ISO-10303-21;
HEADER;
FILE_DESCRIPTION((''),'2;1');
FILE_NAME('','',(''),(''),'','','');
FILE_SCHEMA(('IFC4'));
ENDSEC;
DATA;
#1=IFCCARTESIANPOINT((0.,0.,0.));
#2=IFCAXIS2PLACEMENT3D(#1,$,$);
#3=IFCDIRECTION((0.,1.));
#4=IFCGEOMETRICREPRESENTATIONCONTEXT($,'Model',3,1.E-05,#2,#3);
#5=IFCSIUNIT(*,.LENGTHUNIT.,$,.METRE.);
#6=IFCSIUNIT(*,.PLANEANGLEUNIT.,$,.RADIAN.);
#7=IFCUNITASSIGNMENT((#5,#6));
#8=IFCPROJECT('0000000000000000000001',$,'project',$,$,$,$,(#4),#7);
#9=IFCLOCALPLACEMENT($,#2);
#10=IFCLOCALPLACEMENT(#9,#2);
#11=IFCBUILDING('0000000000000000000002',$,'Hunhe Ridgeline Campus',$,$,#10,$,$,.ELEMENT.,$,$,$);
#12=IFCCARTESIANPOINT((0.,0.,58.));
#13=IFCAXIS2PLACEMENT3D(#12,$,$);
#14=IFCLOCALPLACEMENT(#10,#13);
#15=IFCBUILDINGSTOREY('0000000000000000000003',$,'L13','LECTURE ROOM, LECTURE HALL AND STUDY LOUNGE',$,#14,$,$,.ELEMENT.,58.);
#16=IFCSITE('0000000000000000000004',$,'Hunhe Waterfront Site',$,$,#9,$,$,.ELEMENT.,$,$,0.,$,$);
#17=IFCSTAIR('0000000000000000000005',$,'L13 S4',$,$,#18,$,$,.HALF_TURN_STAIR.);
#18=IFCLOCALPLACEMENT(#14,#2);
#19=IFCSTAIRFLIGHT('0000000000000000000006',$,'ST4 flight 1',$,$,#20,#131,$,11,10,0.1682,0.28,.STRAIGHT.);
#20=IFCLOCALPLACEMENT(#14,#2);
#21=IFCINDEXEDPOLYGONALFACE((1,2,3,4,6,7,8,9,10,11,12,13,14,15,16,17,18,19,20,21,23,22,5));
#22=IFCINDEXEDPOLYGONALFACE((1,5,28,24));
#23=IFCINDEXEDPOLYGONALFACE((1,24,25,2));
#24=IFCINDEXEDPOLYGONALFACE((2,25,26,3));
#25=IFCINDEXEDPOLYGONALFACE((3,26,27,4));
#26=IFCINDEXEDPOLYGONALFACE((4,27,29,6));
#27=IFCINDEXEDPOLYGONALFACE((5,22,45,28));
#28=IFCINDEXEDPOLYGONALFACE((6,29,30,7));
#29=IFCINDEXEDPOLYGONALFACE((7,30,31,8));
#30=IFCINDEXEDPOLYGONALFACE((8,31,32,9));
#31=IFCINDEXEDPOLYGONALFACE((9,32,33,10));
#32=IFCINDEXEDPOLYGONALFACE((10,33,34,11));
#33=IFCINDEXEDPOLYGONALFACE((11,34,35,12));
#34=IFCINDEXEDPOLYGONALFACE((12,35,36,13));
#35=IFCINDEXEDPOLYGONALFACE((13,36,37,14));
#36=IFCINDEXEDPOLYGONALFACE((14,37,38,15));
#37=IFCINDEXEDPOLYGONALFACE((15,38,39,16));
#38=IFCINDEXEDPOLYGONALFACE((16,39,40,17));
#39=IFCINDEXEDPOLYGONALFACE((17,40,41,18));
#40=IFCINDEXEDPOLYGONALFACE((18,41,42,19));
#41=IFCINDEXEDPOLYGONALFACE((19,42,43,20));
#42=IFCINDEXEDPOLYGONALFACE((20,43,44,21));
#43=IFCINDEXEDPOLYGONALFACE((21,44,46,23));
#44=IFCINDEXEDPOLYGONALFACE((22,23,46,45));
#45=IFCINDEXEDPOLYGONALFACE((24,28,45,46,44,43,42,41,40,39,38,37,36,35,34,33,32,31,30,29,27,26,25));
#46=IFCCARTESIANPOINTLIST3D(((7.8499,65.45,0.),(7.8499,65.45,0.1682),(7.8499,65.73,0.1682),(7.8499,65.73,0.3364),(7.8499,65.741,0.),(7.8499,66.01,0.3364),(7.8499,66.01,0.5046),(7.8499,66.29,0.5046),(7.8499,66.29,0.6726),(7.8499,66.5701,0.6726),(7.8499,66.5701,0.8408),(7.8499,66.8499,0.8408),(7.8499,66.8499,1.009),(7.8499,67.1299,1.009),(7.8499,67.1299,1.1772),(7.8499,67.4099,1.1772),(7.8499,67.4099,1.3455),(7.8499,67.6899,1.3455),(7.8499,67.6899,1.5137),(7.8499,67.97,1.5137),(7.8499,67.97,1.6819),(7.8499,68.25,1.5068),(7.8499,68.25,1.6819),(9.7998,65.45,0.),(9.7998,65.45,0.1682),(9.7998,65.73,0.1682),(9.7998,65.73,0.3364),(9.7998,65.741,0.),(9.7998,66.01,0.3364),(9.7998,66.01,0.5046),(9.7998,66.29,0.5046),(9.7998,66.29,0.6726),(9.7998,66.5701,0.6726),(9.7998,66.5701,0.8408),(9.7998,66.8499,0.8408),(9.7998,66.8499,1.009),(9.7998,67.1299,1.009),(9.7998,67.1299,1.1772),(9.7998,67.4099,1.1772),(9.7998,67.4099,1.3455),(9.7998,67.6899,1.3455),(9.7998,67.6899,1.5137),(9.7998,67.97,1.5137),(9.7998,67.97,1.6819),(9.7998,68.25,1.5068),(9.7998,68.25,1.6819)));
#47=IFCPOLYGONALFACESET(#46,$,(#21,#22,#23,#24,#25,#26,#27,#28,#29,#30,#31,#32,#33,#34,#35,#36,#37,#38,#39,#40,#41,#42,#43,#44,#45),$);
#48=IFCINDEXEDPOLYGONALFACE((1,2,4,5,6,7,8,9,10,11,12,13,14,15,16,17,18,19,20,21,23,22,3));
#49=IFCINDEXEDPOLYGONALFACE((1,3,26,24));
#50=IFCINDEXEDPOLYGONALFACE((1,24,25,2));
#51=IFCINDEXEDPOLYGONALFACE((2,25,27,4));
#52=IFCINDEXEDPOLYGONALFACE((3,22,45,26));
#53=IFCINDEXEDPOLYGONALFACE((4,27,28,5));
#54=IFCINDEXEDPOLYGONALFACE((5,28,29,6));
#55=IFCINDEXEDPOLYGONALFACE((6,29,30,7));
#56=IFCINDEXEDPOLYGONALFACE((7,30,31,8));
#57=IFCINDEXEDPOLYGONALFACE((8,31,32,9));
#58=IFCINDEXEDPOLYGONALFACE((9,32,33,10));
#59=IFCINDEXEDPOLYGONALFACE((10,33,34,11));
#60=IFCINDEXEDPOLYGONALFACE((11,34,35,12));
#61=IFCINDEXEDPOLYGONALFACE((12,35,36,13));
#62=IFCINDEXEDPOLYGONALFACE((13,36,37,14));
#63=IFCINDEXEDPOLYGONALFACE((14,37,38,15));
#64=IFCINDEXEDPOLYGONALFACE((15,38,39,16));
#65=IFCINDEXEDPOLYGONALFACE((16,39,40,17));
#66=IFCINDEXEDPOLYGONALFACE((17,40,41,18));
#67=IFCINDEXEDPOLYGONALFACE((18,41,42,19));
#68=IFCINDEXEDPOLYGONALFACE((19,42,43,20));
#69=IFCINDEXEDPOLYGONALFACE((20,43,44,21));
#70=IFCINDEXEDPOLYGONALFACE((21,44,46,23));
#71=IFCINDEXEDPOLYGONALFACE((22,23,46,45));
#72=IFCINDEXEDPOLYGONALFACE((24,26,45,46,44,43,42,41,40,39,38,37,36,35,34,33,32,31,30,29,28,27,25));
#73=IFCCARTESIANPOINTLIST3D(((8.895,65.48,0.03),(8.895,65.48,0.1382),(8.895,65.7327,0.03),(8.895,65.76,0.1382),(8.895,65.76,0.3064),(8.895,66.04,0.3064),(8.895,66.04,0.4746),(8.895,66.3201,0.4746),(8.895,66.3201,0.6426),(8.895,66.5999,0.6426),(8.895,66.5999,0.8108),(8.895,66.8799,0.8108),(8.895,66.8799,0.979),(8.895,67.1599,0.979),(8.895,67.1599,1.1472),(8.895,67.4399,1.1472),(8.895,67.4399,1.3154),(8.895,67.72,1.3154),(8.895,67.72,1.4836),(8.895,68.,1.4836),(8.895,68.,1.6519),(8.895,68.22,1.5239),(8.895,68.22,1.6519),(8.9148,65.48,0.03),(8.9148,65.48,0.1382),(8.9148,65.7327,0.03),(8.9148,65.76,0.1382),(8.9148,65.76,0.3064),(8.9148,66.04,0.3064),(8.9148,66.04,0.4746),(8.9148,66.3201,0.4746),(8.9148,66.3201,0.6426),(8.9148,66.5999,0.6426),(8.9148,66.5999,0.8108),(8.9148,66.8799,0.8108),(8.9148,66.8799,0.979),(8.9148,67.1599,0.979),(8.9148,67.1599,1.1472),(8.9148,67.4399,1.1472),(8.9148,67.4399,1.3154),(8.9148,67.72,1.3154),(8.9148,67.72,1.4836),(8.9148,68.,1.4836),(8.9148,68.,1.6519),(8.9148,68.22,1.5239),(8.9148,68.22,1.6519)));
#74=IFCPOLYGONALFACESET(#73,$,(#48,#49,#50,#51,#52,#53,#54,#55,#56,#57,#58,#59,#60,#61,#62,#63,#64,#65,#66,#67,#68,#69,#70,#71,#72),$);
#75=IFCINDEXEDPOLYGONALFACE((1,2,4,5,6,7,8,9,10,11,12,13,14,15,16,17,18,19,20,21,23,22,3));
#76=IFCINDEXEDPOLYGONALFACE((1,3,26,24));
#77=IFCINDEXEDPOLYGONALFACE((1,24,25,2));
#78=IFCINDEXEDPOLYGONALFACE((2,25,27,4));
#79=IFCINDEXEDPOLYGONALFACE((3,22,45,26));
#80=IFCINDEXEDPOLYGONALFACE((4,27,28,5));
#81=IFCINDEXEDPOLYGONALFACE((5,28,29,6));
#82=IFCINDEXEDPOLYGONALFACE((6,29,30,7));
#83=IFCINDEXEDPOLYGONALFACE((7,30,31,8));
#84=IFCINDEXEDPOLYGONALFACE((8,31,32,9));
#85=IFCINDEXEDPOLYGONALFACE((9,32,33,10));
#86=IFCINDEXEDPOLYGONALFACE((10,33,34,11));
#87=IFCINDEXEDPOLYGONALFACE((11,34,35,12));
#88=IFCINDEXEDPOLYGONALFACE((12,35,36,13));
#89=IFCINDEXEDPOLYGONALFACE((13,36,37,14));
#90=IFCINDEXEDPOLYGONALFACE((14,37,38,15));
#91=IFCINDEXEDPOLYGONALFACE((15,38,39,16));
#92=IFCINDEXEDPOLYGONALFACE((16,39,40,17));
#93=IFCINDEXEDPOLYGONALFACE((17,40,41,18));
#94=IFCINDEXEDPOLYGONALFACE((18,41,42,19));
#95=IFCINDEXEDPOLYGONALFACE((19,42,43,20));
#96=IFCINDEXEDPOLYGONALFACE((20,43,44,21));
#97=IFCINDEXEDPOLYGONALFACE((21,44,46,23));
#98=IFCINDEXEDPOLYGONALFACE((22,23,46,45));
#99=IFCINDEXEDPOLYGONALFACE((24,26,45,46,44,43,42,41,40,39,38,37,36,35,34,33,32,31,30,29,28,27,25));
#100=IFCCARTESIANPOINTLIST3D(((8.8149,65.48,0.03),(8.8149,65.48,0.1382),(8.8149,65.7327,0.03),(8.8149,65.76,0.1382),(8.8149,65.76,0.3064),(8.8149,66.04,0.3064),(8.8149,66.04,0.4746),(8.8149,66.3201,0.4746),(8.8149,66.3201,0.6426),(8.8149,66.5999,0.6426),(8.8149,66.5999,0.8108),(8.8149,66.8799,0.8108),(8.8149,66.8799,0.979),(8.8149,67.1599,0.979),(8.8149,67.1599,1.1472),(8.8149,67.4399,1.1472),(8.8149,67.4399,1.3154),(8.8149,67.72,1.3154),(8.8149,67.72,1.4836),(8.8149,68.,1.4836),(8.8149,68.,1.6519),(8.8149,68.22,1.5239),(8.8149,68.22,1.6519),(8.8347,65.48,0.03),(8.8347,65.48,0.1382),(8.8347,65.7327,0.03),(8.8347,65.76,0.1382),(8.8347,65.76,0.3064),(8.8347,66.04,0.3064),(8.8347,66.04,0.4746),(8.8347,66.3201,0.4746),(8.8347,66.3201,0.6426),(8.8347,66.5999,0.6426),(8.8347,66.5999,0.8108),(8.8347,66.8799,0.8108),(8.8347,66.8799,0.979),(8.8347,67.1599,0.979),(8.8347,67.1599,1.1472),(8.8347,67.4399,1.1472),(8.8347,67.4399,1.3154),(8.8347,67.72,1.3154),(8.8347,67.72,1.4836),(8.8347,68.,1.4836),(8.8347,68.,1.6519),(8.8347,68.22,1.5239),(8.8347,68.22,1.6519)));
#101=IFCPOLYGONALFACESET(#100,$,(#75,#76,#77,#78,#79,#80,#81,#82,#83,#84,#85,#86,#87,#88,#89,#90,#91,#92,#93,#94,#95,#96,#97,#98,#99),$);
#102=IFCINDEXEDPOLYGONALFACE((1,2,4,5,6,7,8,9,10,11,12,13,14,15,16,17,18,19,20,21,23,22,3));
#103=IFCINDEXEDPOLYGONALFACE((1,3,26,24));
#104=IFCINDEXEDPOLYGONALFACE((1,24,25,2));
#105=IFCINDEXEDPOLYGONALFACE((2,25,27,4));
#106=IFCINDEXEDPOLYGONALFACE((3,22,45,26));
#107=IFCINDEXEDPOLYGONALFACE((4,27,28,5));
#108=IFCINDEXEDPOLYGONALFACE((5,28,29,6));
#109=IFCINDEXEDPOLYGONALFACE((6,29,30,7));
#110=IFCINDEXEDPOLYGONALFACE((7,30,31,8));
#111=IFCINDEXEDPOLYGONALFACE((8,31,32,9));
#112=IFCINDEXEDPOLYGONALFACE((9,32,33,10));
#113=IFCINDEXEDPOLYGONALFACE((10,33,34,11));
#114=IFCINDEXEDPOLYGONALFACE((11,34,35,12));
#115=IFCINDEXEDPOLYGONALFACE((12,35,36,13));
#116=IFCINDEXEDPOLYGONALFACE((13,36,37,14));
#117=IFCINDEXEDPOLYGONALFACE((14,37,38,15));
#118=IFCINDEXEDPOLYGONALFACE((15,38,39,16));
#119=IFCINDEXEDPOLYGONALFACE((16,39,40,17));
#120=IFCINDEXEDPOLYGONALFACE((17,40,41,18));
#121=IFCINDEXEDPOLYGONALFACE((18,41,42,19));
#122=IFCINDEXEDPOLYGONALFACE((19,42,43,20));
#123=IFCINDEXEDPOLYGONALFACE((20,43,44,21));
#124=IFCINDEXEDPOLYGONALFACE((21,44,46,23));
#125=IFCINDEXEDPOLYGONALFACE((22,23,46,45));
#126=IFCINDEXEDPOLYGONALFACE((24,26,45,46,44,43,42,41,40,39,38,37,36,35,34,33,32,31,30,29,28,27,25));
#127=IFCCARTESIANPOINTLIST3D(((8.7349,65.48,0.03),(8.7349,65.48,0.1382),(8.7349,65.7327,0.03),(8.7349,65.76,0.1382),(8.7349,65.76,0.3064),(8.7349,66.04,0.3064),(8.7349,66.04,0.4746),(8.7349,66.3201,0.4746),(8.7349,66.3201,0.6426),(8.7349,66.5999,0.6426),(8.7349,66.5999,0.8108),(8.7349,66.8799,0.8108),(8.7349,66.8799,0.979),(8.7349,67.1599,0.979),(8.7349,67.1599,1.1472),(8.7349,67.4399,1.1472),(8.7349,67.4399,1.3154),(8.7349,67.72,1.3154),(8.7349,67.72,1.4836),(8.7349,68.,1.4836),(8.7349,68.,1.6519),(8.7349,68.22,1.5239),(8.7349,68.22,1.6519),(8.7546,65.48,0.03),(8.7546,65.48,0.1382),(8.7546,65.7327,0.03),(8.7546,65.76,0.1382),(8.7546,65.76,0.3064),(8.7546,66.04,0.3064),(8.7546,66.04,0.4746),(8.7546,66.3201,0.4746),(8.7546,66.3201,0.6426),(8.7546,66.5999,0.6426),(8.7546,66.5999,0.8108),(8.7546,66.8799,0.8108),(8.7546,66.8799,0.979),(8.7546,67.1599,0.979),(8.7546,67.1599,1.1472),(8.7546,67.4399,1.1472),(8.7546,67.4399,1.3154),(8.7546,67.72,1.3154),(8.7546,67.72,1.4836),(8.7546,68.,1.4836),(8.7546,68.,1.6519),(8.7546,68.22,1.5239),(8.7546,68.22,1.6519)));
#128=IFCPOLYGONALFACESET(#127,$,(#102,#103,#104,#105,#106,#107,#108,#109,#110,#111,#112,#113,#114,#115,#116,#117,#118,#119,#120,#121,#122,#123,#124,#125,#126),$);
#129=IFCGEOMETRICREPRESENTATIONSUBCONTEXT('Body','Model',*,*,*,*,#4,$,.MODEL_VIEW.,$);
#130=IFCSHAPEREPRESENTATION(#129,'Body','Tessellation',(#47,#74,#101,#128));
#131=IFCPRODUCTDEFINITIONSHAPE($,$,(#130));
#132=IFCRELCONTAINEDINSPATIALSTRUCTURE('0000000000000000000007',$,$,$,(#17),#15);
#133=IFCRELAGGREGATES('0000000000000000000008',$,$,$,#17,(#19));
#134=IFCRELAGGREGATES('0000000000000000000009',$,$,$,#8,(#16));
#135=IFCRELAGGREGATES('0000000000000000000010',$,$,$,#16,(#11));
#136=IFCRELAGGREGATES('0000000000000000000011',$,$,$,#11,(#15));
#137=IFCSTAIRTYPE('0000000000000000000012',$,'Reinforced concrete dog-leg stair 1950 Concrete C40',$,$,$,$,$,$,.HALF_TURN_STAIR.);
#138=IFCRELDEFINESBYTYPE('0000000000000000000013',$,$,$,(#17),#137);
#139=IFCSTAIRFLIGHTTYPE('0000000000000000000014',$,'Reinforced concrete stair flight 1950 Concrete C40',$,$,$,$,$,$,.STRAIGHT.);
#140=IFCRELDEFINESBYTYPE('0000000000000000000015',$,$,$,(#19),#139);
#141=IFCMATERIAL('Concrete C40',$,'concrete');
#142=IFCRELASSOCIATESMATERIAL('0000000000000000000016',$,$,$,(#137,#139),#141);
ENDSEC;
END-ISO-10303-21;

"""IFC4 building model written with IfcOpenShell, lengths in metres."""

from ifc_helpers import new_model, si_unit, direction, frame, origin, place, context, subcontext, project, spatial, polyline, outline, extrude, material, type_object, element, aggregate, save


model = new_model("IFC4")

# Units and contexts
model_context = context("Model", 3, precision=1e-05, world=origin(), true_north=direction((0.0, 1.0)))
body_context = subcontext(model_context, "Body", "Model", "MODEL_VIEW")
ifc_project = project(units=[si_unit("LENGTHUNIT", "METRE"), si_unit("PLANEANGLEUNIT", "RADIAN")], contexts=[model_context])

# Site, building, storey
site_placement = place(None, origin())
site = spatial("IfcSite", under=ifc_project, at=site_placement, Name="Hunhe Waterfront Site", CompositionType="ELEMENT", RefElevation=0.0)
building_placement = place(site_placement, origin())
building = spatial("IfcBuilding", under=site, at=building_placement, Name="Hunhe Ridgeline Campus", CompositionType="ELEMENT")
storey_placement = place(building_placement, frame((0.0, 0.0, 58.0)))
storey = spatial("IfcBuildingStorey", under=building, at=storey_placement, Name="L13", Description="LECTURE ROOM, LECTURE HALL AND STUDY LOUNGE", CompositionType="ELEMENT", Elevation=58.0)

# Stair, stair flight
ifc_material_1 = material(Name="Concrete C40", Category="concrete")
stair_type = type_object("IfcStairType", Name="Reinforced concrete dog-leg stair 1950 Concrete C40", PredefinedType="HALF_TURN_STAIR", material=ifc_material_1)
stair_flight_type = type_object("IfcStairFlightType", Name="Reinforced concrete stair flight 1950 Concrete C40", PredefinedType="STRAIGHT", material=ifc_material_1)
stair_1_placement = place(storey_placement, origin())
stair_1 = element("IfcStair", 1, at=stair_1_placement, inside=storey, type_object=stair_type, Name="L13 S4", PredefinedType="HALF_TURN_STAIR")
stair_flight_1_placement = place(storey_placement, frame((8.825, 65.45, 0.0), z_axis=(0.0, 0.0, 1.0), x_axis=(0.0, 1.0, 0.0)))
stair_flight_1 = element("IfcStairFlight", 2, at=stair_flight_1_placement, type_object=stair_flight_type, Name="ST4 flight 1", NumberOfRisers=11, NumberOfTreads=10, PredefinedType="STRAIGHT", RiserHeight=0.1682, TreadLength=0.28, context=body_context, shape_type="SweptSolid", body=[
    extrude(outline(polyline([(0.0, 0.0), (0.0, 0.1682), (0.28, 0.1682), (0.28, 0.3364), (0.5601, 0.3364), (0.5601, 0.5046), (0.8401, 0.5046), (0.8401, 0.6726), (1.1201, 0.6726), (1.1201, 0.8408), (1.3999, 0.8408), (1.3999, 1.009), (1.6799, 1.009), (1.6799, 1.1772), (1.96, 1.1772), (1.96, 1.3455), (2.24, 1.3455), (2.24, 1.5137), (2.52, 1.5137), (2.52, 1.6819), (2.8, 1.6819), (2.8, 1.8501), (2.8, 1.5068), (0.291, 0.0), (0.0, 0.0)])), frame((0.0, 0.9751, 0.0), z_axis=(0.0, -1.0, 0.0), x_axis=(1.0, 0.0, 0.0)), (0.0, 0.0, 1.0), 1.95),
    extrude(outline(polyline([(0.03, 0.03), (0.03, 0.1382), (0.3101, 0.1382), (0.3101, 0.3064), (0.5901, 0.3064), (0.5901, 0.4746), (0.8701, 0.4746), (0.8701, 0.6426), (1.1499, 0.6426), (1.1499, 0.8108), (1.4299, 0.8108), (1.4299, 0.979), (1.71, 0.979), (1.71, 1.1472), (1.99, 1.1472), (1.99, 1.3154), (2.27, 1.3154), (2.27, 1.4836), (2.55, 1.4836), (2.55, 1.6519), (2.77, 1.6519), (2.77, 1.5239), (0.2827, 0.03), (0.03, 0.03)])), frame((0.0, -0.0701, 0.0), z_axis=(0.0, -1.0, 0.0), x_axis=(1.0, 0.0, 0.0)), (0.0, 0.0, 1.0), 0.0198),
    extrude(outline(polyline([(0.03, 0.03), (0.03, 0.1382), (0.3101, 0.1382), (0.3101, 0.3064), (0.5901, 0.3064), (0.5901, 0.4746), (0.8701, 0.4746), (0.8701, 0.6426), (1.1499, 0.6426), (1.1499, 0.8108), (1.4299, 0.8108), (1.4299, 0.979), (1.71, 0.979), (1.71, 1.1472), (1.99, 1.1472), (1.99, 1.3154), (2.27, 1.3154), (2.27, 1.4836), (2.55, 1.4836), (2.55, 1.6519), (2.77, 1.6519), (2.77, 1.5239), (0.2827, 0.03), (0.03, 0.03)])), frame((0.0, 0.01, 0.0), z_axis=(0.0, -1.0, 0.0), x_axis=(1.0, 0.0, 0.0)), (0.0, 0.0, 1.0), 0.0198),
    extrude(outline(polyline([(0.03, 0.03), (0.03, 0.1382), (0.3101, 0.1382), (0.3101, 0.3064), (0.5901, 0.3064), (0.5901, 0.4746), (0.8701, 0.4746), (0.8701, 0.6426), (1.1499, 0.6426), (1.1499, 0.8108), (1.4299, 0.8108), (1.4299, 0.979), (1.71, 0.979), (1.71, 1.1472), (1.99, 1.1472), (1.99, 1.3154), (2.27, 1.3154), (2.27, 1.4836), (2.55, 1.4836), (2.55, 1.6519), (2.77, 1.6519), (2.77, 1.5239), (0.2827, 0.03), (0.03, 0.03)])), frame((0.0, 0.0901, 0.0), z_axis=(0.0, -1.0, 0.0), x_axis=(1.0, 0.0, 0.0)), (0.0, 0.0, 1.0), 0.0198),
])
aggregate(stair_1, [stair_flight_1])

save(model, "model.ifc")
